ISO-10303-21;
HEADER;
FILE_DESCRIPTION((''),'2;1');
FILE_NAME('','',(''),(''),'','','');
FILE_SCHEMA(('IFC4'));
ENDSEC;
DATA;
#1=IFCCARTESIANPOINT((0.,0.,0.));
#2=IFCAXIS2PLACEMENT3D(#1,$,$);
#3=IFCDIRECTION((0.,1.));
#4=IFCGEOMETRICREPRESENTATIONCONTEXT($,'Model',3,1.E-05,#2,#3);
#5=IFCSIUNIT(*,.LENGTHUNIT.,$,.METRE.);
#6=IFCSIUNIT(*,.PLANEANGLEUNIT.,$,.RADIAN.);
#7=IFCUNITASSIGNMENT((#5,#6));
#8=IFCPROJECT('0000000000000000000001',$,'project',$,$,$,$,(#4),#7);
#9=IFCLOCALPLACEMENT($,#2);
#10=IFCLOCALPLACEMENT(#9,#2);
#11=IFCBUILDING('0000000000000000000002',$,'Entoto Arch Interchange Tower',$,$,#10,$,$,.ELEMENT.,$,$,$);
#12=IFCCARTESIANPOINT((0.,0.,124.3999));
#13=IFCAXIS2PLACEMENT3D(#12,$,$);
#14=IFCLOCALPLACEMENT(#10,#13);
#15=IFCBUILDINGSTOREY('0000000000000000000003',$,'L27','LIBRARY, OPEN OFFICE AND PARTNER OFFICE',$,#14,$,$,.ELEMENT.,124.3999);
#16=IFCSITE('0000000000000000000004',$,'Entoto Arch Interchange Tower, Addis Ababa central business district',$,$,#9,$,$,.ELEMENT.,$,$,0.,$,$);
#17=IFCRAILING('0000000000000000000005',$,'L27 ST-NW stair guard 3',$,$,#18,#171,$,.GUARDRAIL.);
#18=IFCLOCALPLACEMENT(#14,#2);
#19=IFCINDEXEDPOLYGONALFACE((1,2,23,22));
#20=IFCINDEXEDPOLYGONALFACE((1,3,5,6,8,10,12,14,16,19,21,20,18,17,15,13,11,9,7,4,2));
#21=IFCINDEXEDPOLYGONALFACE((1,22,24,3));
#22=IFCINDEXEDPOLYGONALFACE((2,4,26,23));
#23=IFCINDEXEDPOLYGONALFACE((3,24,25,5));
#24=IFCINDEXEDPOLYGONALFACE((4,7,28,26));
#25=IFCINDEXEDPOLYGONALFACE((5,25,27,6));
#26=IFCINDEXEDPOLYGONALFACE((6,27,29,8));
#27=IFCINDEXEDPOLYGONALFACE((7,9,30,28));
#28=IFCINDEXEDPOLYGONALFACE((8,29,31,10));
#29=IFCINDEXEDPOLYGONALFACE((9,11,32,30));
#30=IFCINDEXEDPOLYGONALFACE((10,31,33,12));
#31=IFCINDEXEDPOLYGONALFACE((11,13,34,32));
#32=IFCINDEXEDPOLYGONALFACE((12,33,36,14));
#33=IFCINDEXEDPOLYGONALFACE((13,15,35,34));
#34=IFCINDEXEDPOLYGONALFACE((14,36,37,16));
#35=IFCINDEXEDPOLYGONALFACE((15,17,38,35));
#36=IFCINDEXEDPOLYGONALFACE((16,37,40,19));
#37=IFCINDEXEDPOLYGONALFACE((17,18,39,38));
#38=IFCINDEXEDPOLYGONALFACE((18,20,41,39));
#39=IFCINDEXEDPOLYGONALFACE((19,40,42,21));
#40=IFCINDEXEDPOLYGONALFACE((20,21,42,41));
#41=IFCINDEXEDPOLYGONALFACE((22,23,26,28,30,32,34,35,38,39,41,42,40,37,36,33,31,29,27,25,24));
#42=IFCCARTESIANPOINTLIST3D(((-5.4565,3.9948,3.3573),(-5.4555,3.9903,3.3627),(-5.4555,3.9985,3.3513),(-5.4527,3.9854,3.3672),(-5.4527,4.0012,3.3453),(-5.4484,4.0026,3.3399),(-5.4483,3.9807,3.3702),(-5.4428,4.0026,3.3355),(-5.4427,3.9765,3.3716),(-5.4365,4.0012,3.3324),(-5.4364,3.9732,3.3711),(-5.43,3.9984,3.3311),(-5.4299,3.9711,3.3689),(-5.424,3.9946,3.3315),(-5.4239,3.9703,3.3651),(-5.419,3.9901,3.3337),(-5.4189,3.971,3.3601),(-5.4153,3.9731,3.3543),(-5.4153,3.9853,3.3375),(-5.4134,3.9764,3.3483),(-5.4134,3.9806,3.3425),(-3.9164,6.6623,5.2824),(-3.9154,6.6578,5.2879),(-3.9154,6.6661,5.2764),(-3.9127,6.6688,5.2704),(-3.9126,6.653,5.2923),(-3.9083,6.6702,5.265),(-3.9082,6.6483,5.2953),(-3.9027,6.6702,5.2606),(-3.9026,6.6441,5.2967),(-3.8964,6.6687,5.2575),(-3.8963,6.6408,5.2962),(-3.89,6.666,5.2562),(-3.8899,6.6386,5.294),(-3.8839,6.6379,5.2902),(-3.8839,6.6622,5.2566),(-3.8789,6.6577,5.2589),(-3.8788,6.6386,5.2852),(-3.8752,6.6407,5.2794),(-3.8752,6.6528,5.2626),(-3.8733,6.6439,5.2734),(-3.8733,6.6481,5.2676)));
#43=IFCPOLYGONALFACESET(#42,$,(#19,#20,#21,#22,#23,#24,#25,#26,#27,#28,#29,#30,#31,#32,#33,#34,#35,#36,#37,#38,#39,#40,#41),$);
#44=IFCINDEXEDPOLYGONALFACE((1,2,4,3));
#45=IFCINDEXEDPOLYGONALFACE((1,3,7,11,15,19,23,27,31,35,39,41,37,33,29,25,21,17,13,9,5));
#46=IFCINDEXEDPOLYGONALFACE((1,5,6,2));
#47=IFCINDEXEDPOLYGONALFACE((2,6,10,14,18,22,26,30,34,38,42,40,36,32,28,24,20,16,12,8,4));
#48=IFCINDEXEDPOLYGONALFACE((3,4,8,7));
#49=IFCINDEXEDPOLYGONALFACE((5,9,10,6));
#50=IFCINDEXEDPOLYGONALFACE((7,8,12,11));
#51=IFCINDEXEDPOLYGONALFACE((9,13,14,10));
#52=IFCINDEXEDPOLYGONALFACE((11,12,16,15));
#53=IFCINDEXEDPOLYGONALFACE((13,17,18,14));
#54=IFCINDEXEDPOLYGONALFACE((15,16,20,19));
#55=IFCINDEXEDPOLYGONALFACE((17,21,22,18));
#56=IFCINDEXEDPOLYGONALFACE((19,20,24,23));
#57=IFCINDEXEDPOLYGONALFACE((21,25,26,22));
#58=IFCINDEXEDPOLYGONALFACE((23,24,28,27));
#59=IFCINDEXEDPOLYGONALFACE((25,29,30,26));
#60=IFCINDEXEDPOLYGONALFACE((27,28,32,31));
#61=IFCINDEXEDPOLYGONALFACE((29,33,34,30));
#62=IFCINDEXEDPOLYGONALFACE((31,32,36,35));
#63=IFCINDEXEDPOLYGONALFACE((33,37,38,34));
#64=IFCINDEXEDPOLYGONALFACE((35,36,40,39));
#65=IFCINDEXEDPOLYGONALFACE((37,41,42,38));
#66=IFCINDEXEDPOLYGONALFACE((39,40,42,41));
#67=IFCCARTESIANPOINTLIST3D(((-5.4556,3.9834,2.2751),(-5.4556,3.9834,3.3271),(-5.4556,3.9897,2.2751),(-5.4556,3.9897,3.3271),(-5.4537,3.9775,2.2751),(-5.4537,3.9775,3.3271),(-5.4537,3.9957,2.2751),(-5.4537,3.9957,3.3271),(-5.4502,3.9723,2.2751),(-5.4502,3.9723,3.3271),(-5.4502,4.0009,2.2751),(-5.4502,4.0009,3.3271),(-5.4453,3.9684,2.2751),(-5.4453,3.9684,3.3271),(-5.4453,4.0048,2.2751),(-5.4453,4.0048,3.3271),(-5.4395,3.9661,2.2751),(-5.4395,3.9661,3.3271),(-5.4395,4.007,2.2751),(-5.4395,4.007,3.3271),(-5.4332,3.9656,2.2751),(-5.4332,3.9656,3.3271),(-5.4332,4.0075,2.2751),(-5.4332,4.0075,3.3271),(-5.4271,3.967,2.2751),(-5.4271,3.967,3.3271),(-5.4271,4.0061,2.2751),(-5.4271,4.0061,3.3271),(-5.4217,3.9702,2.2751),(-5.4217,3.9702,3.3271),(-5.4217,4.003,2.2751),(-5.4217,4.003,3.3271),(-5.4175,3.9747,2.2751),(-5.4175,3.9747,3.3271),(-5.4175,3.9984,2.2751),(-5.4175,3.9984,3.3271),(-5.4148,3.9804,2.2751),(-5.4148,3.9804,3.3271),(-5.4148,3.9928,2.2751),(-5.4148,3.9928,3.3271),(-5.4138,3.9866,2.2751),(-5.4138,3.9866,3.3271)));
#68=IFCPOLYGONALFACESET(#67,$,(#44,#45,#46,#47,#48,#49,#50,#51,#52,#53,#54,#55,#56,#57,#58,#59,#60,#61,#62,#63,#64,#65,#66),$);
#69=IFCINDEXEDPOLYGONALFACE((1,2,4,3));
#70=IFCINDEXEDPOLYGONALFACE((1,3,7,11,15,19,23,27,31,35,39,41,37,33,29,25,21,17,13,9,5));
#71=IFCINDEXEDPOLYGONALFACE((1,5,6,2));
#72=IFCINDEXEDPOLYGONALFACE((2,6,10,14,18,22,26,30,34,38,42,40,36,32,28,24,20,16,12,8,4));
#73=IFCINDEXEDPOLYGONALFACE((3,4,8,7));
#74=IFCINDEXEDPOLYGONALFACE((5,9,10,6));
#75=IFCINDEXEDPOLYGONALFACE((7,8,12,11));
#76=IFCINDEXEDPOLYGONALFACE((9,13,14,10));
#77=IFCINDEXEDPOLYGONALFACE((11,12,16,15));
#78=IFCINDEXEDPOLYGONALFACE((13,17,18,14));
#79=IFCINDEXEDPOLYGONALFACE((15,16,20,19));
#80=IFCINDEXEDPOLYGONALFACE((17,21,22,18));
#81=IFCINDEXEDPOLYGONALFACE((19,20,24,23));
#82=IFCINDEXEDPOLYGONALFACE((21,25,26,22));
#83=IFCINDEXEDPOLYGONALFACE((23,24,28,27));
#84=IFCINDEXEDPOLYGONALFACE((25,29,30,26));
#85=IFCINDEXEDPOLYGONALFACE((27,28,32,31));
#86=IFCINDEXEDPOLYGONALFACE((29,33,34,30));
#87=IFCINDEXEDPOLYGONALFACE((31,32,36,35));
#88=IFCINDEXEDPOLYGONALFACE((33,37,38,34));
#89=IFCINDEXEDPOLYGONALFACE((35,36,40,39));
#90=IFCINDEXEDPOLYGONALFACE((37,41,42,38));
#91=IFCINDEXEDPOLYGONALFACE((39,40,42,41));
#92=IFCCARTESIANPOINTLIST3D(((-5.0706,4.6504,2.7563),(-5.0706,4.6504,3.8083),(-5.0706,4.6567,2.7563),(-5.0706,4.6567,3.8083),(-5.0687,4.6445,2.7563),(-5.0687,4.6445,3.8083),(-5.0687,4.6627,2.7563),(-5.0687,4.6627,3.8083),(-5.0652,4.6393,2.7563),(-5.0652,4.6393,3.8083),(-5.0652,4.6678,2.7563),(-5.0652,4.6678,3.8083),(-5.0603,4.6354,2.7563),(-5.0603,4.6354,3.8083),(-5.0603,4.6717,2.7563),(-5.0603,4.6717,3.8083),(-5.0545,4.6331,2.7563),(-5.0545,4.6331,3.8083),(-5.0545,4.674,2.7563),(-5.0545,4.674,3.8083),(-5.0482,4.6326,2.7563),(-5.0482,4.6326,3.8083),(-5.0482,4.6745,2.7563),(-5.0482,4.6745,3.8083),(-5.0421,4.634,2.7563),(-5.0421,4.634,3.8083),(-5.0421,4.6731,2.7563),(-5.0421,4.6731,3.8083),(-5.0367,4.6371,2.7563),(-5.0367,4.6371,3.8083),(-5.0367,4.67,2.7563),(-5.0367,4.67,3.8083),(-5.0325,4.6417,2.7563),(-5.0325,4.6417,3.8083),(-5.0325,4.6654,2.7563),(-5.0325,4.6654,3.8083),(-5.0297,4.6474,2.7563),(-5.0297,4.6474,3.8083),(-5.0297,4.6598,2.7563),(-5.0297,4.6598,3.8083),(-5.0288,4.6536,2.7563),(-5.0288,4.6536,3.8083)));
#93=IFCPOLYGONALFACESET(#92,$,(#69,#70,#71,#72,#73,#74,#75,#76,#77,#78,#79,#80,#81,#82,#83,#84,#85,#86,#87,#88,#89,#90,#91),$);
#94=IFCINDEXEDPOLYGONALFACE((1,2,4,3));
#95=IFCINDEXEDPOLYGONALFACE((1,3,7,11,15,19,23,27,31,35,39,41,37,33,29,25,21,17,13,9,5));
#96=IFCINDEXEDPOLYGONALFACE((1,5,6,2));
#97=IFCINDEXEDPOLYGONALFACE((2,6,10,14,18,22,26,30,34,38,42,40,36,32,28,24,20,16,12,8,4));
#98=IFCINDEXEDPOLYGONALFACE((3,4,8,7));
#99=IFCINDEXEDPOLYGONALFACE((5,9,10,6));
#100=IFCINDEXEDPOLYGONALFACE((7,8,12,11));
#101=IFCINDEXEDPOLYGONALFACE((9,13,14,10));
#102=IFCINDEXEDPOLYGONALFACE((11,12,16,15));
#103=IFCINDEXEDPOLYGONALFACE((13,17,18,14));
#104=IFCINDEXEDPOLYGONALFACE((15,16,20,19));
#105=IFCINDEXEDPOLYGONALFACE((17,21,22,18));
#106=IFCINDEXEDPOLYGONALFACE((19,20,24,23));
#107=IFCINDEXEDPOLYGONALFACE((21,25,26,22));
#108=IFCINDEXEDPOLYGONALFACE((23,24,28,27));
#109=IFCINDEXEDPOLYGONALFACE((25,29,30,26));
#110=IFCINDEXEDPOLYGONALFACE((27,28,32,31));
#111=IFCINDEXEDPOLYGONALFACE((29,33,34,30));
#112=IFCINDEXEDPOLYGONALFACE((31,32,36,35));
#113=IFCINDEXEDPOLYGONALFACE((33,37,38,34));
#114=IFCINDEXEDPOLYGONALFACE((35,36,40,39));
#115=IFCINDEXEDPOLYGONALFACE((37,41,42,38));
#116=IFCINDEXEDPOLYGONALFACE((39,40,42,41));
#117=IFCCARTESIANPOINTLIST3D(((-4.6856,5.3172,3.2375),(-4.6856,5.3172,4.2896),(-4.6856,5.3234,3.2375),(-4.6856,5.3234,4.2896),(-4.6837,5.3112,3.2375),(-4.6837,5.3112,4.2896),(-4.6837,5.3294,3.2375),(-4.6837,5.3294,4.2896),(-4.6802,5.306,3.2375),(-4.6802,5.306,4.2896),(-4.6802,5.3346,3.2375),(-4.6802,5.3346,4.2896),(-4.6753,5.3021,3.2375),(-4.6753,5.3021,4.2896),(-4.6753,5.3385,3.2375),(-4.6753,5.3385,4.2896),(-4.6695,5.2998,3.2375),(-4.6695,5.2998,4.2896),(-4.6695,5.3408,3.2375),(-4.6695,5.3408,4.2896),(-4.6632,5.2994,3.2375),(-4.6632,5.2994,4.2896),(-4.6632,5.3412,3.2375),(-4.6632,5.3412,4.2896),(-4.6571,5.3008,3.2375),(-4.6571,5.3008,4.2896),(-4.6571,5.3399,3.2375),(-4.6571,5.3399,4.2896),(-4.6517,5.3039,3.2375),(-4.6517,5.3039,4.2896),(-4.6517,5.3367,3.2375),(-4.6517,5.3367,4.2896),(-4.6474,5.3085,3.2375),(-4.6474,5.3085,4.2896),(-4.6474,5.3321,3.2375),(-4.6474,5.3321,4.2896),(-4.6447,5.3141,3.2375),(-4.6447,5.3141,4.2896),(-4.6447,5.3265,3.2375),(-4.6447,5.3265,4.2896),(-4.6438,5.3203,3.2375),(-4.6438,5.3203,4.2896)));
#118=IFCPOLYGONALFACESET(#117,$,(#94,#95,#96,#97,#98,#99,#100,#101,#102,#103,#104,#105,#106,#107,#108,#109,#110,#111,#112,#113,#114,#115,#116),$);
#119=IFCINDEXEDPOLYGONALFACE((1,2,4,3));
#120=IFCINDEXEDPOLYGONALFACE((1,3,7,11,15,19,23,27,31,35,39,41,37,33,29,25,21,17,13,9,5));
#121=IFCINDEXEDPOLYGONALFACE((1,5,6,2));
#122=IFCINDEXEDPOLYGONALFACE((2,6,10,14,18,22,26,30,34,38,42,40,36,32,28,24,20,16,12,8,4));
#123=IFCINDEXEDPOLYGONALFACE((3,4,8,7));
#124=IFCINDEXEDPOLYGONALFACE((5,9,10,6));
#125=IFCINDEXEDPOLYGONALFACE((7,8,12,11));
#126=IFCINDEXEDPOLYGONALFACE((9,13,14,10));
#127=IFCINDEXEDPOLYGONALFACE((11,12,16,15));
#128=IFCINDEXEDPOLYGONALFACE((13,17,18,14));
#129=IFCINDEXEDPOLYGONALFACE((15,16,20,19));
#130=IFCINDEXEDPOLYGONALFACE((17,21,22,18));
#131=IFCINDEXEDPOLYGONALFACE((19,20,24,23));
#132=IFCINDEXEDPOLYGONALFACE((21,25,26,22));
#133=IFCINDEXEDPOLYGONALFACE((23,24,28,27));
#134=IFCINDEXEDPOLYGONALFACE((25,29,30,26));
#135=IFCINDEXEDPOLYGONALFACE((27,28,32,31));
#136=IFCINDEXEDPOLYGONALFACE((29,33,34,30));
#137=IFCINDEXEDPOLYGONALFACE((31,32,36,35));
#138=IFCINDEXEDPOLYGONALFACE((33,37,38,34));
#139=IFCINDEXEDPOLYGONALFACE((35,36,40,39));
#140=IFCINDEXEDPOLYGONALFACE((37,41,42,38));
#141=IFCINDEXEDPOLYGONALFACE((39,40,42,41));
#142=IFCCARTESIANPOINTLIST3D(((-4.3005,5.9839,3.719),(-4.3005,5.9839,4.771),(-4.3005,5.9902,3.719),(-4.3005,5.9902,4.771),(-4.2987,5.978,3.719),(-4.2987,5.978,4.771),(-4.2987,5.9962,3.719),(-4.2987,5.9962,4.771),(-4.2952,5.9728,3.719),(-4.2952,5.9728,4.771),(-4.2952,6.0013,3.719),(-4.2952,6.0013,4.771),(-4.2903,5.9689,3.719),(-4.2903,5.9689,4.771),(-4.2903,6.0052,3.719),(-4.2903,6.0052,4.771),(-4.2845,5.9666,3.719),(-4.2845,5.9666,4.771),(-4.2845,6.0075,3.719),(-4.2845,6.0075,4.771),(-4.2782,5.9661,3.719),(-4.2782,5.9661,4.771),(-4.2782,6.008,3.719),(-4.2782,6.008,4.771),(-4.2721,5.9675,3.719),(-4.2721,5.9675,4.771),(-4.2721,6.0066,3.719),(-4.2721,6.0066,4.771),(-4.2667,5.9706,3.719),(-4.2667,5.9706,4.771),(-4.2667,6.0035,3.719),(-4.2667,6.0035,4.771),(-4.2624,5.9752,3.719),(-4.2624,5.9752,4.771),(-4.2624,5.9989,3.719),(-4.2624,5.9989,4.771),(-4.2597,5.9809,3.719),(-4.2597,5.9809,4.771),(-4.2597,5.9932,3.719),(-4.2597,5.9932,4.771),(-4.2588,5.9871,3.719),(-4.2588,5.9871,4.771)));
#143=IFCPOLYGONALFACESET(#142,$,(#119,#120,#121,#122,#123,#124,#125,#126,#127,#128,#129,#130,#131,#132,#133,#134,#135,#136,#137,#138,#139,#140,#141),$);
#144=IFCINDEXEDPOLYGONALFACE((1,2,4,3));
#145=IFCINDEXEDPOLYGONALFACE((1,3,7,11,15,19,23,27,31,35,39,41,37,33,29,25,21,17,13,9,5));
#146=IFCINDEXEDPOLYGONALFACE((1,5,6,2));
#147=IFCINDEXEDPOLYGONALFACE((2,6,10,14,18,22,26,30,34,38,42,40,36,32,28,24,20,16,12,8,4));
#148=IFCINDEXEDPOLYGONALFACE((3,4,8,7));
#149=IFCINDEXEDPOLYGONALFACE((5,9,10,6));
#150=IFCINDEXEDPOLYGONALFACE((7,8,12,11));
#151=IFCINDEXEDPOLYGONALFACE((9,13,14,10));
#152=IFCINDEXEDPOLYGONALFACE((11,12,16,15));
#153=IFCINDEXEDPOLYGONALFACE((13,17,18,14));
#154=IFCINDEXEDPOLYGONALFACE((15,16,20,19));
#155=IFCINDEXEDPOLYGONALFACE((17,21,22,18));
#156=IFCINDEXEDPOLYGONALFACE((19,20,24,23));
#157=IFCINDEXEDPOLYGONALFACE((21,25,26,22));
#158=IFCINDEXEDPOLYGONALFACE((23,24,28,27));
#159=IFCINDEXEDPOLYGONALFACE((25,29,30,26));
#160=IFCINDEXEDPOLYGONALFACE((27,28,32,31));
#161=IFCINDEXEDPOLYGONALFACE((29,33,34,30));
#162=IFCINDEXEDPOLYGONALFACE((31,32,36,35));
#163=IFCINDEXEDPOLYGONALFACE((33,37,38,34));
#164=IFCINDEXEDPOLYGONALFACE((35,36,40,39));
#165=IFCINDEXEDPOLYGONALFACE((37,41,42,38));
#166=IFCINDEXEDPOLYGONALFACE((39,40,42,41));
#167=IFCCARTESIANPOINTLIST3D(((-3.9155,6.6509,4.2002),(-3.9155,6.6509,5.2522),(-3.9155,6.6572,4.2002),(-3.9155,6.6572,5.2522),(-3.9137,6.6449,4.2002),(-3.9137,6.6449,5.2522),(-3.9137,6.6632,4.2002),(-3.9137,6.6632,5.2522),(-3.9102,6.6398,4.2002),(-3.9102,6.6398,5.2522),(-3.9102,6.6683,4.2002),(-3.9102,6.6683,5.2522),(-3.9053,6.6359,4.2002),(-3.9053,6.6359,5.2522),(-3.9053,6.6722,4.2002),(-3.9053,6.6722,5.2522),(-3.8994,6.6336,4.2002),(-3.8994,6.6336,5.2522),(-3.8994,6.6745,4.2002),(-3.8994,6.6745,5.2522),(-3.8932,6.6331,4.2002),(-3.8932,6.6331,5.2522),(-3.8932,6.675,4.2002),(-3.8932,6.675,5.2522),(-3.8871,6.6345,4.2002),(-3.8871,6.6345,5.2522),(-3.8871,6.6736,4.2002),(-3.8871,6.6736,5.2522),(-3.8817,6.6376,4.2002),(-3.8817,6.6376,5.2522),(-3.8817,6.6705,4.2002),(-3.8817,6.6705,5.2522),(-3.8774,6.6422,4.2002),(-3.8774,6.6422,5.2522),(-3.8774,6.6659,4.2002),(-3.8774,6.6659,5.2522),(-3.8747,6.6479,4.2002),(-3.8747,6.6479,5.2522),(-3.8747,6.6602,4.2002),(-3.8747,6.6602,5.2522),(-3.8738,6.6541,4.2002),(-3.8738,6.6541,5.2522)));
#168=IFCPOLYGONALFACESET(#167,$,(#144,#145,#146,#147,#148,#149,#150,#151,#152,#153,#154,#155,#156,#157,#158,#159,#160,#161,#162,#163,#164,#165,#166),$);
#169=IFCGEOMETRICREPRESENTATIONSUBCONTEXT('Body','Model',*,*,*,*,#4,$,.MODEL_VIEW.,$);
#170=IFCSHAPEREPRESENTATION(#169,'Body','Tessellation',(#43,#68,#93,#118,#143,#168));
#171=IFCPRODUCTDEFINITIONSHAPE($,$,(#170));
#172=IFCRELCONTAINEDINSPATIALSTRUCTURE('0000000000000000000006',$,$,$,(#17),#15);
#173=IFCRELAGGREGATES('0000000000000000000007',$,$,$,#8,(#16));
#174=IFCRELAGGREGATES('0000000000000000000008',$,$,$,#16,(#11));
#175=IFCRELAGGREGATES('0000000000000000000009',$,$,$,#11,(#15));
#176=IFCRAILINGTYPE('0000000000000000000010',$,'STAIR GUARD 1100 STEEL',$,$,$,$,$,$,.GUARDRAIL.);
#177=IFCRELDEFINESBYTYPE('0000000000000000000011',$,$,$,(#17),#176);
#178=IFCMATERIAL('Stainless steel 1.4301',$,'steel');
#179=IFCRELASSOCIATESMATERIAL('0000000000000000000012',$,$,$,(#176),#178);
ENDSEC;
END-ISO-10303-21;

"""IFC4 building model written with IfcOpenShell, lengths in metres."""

from ifc_helpers import new_model, si_unit, direction, frame, origin, origin_2d, place, context, subcontext, project, spatial, circle, extrude, material, type_object, element, save


model = new_model("IFC4")

# Units and contexts
model_context = context("Model", 3, precision=1e-05, world=origin(), true_north=direction((0.0, 1.0)))
body_context = subcontext(model_context, "Body", "Model", "MODEL_VIEW")
ifc_project = project(units=[si_unit("LENGTHUNIT", "METRE"), si_unit("PLANEANGLEUNIT", "RADIAN")], contexts=[model_context])

# Site, building, storey
site_placement = place(None, origin())
site = spatial("IfcSite", under=ifc_project, at=site_placement, Name="Entoto Arch Interchange Tower, Addis Ababa central business district", CompositionType="ELEMENT", RefElevation=0.0)
building_placement = place(site_placement, origin())
building = spatial("IfcBuilding", under=site, at=building_placement, Name="Entoto Arch Interchange Tower", CompositionType="ELEMENT")
storey_placement = place(building_placement, frame((0.0, 0.0, 124.3999)))
storey = spatial("IfcBuildingStorey", under=building, at=storey_placement, Name="L27", Description="LIBRARY, OPEN OFFICE AND PARTNER OFFICE", CompositionType="ELEMENT", Elevation=124.3999)

# Railing
ifc_material_1 = material(Name="Stainless steel 1.4301", Category="steel")
railing_type = type_object("IfcRailingType", Name="STAIR GUARD 1100 STEEL", PredefinedType="GUARDRAIL", material=ifc_material_1)
railing_1_placement = place(storey_placement, frame((-5.4348, 3.9866, 2.2751)))
element("IfcRailing", 1, at=railing_1_placement, inside=storey, type_object=railing_type, Name="L27 ST-NW stair guard 3", PredefinedType="GUARDRAIL", context=body_context, shape_type="SweptSolid", body=[
    extrude(circle(Radius=0.0239, at=origin_2d()), frame((0.0, 0.0, 1.0762), z_axis=(0.423994, 0.734395, 0.529993), x_axis=(-0.86603, 0.499992, 0.0)), (0.0, 0.0, 1.0), 3.6323),
    extrude(circle(Radius=0.021, at=origin_2d()), origin(), (0.0, 0.0, 1.0), 1.052),
    extrude(circle(Radius=0.021, at=origin_2d()), frame((0.385, 0.667, 0.4812)), (0.0, 0.0, 1.0), 1.052),
    extrude(circle(Radius=0.021, at=origin_2d()), frame((0.77, 1.3337, 0.9624)), (0.0, 0.0, 1.0), 1.052),
    extrude(circle(Radius=0.021, at=origin_2d()), frame((1.155, 2.0005, 1.4438)), (0.0, 0.0, 1.0), 1.052),
    extrude(circle(Radius=0.021, at=origin_2d()), frame((1.54, 2.6675, 1.925)), (0.0, 0.0, 1.0), 1.052),
])

save(model, "model.ifc")
